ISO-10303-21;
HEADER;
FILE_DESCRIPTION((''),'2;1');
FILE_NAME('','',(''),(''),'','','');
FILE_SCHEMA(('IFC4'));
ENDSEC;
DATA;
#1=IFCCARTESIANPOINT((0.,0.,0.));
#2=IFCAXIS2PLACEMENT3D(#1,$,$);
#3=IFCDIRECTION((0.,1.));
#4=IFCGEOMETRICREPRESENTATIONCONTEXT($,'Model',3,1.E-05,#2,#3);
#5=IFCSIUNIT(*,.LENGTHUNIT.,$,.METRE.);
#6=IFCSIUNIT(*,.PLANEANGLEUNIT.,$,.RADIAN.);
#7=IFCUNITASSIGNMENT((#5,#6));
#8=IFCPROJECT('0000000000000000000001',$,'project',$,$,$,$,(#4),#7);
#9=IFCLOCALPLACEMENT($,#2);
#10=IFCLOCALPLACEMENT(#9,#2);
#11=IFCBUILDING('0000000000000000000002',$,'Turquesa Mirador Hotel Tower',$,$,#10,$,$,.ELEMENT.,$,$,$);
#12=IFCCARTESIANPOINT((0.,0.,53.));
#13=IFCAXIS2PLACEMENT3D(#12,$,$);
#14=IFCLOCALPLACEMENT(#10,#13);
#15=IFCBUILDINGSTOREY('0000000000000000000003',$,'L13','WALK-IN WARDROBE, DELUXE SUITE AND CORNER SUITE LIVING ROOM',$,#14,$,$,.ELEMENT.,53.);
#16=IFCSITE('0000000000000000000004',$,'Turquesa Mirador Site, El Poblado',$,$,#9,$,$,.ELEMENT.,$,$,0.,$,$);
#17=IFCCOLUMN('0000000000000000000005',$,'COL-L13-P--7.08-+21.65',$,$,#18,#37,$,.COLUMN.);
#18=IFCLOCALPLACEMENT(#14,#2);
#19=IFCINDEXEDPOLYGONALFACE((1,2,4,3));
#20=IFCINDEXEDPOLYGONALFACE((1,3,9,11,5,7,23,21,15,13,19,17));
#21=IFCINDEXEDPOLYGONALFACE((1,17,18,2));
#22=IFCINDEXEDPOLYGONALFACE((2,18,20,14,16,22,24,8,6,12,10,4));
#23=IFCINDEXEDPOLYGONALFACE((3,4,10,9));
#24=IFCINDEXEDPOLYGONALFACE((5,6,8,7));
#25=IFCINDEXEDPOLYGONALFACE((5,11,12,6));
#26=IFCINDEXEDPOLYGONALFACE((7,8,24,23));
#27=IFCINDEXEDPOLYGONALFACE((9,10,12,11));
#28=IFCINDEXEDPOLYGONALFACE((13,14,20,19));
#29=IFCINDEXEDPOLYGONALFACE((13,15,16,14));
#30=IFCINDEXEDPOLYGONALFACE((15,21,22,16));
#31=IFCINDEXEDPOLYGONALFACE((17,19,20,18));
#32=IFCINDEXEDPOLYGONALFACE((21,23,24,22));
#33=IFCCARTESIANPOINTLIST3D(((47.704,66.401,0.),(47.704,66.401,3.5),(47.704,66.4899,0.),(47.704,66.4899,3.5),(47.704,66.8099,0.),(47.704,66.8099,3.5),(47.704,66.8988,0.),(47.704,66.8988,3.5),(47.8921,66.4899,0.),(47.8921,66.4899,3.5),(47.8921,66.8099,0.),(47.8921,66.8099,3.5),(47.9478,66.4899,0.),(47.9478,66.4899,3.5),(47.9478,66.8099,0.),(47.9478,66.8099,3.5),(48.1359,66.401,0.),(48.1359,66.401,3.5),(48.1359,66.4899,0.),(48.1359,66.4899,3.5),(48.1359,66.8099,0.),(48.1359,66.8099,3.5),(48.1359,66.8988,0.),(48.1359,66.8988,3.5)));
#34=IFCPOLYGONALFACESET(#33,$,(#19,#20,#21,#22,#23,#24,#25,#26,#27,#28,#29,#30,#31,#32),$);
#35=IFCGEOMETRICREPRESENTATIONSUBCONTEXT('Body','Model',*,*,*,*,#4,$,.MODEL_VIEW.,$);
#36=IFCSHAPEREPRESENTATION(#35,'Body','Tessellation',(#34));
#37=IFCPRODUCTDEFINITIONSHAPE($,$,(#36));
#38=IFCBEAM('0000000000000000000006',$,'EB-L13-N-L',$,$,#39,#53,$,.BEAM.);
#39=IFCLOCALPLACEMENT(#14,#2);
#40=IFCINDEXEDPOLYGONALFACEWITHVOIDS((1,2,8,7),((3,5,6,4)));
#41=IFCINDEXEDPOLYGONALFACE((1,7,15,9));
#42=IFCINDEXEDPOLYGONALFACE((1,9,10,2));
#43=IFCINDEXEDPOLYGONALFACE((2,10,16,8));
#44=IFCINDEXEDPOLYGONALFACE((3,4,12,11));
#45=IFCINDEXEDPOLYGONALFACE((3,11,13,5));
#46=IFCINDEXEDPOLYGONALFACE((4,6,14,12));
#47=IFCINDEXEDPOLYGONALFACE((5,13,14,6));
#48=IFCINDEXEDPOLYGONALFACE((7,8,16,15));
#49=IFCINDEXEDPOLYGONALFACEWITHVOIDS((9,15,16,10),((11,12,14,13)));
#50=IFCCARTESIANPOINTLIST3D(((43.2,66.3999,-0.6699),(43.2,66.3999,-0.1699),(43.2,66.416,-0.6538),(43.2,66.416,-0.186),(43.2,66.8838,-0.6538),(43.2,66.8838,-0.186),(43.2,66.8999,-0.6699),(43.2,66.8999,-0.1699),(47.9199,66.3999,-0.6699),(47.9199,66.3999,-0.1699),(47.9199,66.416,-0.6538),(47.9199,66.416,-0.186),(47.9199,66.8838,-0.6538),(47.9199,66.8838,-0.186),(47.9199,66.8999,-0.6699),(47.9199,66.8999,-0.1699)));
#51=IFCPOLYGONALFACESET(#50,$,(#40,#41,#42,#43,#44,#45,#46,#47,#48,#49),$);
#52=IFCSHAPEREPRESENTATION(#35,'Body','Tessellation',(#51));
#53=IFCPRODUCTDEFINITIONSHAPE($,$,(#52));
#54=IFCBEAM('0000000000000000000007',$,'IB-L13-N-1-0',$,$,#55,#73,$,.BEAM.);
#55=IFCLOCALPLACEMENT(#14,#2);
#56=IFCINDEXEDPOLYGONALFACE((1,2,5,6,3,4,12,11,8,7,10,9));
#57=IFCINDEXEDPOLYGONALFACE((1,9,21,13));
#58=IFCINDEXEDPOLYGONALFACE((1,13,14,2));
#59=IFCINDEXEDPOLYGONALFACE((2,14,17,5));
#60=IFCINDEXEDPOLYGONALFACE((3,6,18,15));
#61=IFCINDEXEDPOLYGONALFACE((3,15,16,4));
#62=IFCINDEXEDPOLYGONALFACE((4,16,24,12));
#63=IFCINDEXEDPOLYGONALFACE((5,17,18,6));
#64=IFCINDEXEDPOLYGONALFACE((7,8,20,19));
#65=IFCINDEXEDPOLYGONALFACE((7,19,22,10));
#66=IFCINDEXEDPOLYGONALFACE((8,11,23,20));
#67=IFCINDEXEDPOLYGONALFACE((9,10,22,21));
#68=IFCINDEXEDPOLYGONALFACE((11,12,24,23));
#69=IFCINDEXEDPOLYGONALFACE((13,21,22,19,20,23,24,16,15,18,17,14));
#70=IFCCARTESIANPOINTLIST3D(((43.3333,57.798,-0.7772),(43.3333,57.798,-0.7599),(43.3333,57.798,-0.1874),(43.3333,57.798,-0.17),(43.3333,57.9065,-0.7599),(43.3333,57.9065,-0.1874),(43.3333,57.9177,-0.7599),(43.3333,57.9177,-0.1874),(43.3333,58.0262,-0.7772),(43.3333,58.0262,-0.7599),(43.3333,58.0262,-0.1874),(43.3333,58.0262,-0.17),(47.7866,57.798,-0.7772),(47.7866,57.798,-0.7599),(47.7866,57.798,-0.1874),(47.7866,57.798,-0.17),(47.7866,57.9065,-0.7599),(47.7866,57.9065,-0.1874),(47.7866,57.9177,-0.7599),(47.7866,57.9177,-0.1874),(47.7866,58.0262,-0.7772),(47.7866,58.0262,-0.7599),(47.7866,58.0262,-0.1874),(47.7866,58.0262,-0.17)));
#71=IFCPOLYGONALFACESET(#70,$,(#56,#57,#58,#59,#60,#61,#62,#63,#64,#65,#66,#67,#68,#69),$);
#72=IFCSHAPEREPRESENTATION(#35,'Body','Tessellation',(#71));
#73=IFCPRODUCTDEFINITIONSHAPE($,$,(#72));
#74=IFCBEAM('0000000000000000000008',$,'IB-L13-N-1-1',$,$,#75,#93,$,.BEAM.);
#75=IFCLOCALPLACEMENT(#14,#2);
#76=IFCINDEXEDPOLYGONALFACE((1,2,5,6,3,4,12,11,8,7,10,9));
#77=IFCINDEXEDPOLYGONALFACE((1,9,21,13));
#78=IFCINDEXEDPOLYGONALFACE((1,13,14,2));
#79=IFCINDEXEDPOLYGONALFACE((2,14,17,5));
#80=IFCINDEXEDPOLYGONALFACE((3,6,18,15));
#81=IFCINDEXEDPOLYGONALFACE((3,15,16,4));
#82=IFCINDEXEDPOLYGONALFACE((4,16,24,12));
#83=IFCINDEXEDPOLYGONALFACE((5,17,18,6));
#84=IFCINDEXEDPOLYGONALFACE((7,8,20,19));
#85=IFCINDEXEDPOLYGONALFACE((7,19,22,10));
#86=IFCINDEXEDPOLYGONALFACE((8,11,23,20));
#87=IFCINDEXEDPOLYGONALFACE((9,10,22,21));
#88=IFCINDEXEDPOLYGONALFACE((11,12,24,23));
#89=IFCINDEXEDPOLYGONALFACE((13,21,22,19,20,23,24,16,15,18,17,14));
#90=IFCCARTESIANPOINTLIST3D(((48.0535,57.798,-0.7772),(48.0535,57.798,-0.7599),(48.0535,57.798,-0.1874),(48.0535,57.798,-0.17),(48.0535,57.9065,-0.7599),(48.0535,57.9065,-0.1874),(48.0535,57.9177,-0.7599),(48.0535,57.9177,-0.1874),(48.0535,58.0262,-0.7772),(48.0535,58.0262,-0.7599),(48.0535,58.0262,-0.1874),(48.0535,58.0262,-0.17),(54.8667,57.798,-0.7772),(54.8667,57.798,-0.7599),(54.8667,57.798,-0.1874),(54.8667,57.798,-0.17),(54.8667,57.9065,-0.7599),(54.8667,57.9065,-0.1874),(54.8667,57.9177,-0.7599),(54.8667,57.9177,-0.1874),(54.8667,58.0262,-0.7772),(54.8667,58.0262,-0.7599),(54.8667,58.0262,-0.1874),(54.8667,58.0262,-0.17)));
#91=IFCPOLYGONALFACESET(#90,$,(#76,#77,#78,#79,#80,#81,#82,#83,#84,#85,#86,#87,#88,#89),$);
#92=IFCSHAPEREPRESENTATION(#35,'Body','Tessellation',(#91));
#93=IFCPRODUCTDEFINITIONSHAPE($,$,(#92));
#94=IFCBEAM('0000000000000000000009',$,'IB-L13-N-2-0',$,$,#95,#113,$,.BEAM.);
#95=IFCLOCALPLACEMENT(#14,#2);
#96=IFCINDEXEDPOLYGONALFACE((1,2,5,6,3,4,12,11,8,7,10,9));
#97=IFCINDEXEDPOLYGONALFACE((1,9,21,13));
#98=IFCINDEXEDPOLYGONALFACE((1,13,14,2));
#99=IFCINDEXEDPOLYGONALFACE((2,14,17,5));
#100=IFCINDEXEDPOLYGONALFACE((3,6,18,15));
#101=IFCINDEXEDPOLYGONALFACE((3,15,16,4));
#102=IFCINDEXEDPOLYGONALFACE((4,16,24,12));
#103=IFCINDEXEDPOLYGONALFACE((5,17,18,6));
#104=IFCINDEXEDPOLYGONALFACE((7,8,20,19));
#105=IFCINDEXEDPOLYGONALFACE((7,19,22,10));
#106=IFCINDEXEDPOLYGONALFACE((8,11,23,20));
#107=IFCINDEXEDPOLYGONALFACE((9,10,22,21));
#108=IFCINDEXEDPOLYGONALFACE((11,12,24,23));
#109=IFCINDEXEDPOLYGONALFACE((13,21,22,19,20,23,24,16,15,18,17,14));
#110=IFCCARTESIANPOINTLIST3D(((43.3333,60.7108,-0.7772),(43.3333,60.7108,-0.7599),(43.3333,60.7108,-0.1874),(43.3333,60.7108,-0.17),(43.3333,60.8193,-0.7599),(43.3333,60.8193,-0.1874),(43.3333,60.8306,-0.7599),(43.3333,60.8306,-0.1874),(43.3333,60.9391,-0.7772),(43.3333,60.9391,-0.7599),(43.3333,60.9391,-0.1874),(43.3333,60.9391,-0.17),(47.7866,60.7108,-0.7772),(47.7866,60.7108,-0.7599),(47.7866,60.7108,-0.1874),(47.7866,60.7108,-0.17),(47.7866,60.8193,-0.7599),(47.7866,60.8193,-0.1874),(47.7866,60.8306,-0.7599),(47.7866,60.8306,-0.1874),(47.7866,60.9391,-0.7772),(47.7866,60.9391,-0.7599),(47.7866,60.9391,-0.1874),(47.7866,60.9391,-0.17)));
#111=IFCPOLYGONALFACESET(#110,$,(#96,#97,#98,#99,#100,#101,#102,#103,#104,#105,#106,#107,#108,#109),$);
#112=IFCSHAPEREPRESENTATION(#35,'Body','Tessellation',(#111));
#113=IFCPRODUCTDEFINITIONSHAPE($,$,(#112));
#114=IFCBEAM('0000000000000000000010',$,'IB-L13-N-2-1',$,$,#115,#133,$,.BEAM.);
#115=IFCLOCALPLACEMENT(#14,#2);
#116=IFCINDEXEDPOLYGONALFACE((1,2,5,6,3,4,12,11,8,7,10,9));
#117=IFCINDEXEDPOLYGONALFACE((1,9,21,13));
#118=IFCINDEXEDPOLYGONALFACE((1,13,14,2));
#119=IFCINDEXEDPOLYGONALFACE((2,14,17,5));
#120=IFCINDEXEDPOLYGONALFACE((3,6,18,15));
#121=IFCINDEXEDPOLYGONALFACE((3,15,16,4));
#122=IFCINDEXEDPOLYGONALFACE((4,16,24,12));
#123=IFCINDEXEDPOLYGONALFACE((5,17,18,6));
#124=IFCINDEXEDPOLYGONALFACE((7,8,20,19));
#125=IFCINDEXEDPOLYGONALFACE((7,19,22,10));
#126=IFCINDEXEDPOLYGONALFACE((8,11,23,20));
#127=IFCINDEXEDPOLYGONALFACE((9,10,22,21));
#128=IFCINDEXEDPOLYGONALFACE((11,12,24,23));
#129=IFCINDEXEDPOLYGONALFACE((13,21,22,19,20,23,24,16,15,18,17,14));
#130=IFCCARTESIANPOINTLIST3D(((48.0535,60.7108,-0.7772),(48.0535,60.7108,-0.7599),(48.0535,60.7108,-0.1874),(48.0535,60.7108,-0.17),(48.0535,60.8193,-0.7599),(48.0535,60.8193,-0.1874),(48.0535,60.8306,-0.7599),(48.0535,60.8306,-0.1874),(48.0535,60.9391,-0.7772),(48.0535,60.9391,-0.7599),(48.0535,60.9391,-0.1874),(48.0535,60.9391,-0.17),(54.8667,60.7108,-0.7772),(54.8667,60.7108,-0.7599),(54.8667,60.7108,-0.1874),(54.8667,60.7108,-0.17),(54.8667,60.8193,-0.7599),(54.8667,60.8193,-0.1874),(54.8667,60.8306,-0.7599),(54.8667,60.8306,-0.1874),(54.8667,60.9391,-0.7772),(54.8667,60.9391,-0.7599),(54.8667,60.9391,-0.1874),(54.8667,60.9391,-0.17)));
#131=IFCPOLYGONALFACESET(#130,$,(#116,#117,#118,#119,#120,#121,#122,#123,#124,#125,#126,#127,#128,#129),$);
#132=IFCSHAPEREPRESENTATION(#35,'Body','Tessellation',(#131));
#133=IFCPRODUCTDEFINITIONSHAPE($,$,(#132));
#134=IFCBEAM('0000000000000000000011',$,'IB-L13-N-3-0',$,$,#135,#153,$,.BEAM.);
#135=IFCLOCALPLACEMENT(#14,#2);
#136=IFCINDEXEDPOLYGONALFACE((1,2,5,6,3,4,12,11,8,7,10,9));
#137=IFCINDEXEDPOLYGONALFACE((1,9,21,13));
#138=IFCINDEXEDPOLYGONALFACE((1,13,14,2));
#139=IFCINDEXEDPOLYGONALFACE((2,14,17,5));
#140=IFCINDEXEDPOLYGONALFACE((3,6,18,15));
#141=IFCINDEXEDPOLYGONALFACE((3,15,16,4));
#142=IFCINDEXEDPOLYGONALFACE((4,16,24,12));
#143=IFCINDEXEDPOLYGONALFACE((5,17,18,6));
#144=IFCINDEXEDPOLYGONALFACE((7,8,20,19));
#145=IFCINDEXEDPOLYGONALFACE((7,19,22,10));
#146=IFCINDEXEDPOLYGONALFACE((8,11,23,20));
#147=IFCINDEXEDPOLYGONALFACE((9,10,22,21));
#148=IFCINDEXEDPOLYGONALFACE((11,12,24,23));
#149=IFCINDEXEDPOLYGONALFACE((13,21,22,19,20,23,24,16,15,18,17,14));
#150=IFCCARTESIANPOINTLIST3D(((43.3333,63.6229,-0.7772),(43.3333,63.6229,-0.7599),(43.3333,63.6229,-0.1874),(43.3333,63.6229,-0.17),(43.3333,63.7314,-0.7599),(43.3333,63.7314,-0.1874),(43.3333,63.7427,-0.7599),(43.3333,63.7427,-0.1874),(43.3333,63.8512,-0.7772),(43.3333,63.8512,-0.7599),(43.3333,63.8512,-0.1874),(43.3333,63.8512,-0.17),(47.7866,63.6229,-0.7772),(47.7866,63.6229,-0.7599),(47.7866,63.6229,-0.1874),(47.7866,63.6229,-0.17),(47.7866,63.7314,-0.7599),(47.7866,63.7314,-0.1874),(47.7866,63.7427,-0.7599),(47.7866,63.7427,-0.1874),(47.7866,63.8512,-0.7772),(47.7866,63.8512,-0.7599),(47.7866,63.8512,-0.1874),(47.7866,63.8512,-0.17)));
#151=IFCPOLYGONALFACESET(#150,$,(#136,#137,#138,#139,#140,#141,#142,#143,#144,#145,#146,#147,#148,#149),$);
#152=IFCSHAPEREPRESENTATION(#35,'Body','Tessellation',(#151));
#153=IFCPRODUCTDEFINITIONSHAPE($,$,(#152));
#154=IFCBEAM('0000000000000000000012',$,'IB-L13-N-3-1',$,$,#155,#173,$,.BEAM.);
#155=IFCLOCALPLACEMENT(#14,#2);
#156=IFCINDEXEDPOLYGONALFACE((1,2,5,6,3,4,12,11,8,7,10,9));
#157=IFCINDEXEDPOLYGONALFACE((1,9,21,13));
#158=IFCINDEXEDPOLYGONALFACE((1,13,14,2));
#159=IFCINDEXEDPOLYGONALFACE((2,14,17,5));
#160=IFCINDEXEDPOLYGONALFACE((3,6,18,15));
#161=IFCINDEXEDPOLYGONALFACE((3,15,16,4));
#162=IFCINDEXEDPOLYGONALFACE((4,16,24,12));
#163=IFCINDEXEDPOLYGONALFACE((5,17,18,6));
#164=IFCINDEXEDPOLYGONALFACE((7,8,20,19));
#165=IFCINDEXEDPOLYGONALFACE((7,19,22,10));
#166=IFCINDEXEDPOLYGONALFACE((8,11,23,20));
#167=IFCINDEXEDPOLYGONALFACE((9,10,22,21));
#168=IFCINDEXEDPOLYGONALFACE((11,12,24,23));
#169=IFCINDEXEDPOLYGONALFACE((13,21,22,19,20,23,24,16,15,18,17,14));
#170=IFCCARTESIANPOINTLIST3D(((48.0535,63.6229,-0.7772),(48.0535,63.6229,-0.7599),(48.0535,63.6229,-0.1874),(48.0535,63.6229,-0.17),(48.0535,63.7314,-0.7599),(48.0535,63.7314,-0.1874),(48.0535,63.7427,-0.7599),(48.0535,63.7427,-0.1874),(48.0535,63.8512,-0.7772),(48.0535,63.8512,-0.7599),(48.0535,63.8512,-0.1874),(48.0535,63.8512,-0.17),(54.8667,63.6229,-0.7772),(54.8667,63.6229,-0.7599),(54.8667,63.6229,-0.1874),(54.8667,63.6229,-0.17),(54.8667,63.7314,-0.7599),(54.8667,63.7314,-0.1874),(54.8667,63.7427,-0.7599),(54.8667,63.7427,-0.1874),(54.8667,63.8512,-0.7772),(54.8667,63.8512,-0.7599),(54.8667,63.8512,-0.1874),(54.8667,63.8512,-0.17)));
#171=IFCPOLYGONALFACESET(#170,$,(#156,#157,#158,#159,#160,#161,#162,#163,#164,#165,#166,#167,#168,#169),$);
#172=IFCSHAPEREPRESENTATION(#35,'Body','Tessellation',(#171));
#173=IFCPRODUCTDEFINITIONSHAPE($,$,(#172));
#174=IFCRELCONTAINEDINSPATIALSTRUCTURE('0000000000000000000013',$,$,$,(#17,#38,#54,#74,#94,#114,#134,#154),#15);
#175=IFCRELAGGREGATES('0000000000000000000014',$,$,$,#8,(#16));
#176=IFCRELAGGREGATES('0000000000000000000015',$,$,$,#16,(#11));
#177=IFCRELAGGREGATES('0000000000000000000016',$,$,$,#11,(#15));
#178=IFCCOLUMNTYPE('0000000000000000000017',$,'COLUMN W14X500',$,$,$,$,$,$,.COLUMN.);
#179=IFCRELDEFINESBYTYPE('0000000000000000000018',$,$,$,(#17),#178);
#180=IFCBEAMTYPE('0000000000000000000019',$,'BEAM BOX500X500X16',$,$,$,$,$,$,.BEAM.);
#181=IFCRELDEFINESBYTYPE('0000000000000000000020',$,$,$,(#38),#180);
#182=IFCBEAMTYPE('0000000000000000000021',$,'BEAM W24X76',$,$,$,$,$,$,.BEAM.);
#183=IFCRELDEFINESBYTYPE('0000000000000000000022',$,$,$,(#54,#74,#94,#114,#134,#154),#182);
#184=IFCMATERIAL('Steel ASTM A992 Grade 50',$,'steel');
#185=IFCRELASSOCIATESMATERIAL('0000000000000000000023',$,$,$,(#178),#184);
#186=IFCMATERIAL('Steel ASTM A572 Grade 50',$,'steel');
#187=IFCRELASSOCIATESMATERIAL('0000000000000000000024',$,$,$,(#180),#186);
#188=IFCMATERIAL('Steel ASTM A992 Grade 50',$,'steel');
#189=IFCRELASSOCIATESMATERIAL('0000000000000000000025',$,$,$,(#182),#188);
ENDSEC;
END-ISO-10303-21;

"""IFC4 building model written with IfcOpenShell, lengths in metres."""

from ifc_helpers import new_model, si_unit, direction, frame, origin, origin_2d, place, context, subcontext, project, spatial, hollow_rectangle, i_section, extrude, material, material_profile, profile_set, type_object, element, save


model = new_model("IFC4")

# Units and contexts
model_context = context("Model", 3, precision=1e-05, world=origin(), true_north=direction((0.0, 1.0)))
body_context = subcontext(model_context, "Body", "Model", "MODEL_VIEW")
ifc_project = project(units=[si_unit("LENGTHUNIT", "METRE"), si_unit("PLANEANGLEUNIT", "RADIAN")], contexts=[model_context])

# Site, building, storey
site_placement = place(None, origin())
site = spatial("IfcSite", under=ifc_project, at=site_placement, Name="Turquesa Mirador Site, El Poblado", CompositionType="ELEMENT", RefElevation=0.0)
building_placement = place(site_placement, origin())
building = spatial("IfcBuilding", under=site, at=building_placement, Name="Turquesa Mirador Hotel Tower", CompositionType="ELEMENT")
storey_placement = place(building_placement, frame((0.0, 0.0, 53.0)))
storey = spatial("IfcBuildingStorey", under=building, at=storey_placement, Name="L13", Description="WALK-IN WARDROBE, DELUXE SUITE AND CORNER SUITE LIVING ROOM", CompositionType="ELEMENT", Elevation=53.0)

# Column
ifc_material_1 = material(Name="Steel ASTM A992 Grade 50", Category="steel")
ifc_material_profile_1 = material_profile(ifc_material_1, i_section(OverallWidth=0.4319, OverallDepth=0.4978, WebThickness=0.0557, FlangeThickness=0.0889, at=origin_2d()), Name="W14X500")
ifc_profile_set_1 = profile_set([ifc_material_profile_1], Name="Steel ASTM A992 Grade 50")
column_type = type_object("IfcColumnType", Name="COLUMN W14X500", PredefinedType="COLUMN", material=ifc_profile_set_1)
column_placement = place(storey_placement, frame((47.9199, 66.6499, 0.0), z_axis=(0.0, 0.0, 1.0), x_axis=(1.0, 0.0, 0.0)))
element("IfcColumn", 1, at=column_placement, inside=storey, type_object=column_type, Name="COL-L13-P--7.08-+21.65", PredefinedType="COLUMN", context=body_context, shape_type="SweptSolid", body=[
    extrude(i_section(OverallWidth=0.4319, OverallDepth=0.4978, WebThickness=0.0557, FlangeThickness=0.0889, at=origin_2d()), origin(), (0.0, 0.0, 1.0), 3.5),
])

# Beams
ifc_material_2 = material(Name="Steel ASTM A572 Grade 50", Category="steel")
ifc_material_profile_2 = material_profile(ifc_material_2, hollow_rectangle(XDim=0.5, YDim=0.5, WallThickness=0.0161, at=origin_2d()), Name="BOX500X500X16")
ifc_profile_set_2 = profile_set([ifc_material_profile_2], Name="Steel ASTM A572 Grade 50")
beam_type_1 = type_object("IfcBeamType", Name="BEAM BOX500X500X16", PredefinedType="BEAM", material=ifc_profile_set_2)
beam_1_placement = place(storey_placement, frame((43.2, 66.6499, -0.4199), z_axis=(1.0, 0.0, 0.0), x_axis=(0.0, 1.0, 0.0)))
element("IfcBeam", 2, at=beam_1_placement, inside=storey, type_object=beam_type_1, Name="EB-L13-N-L", PredefinedType="BEAM", context=body_context, shape_type="SweptSolid", body=[
    extrude(hollow_rectangle(XDim=0.5, YDim=0.5, WallThickness=0.0161, at=origin_2d()), origin(), (0.0, 0.0, 1.0), 4.72),
])
ifc_material_3 = material(Name="Steel ASTM A992 Grade 50", Category="steel")
ifc_material_profile_3 = material_profile(ifc_material_3, i_section(OverallWidth=0.2283, OverallDepth=0.6072, WebThickness=0.0112, FlangeThickness=0.0173, at=origin_2d()), Name="W24X76")
ifc_profile_set_3 = profile_set([ifc_material_profile_3], Name="Steel ASTM A992 Grade 50")
beam_type_2 = type_object("IfcBeamType", Name="BEAM W24X76", PredefinedType="BEAM", material=ifc_profile_set_3)
beam_2_placement = place(storey_placement, frame((43.3333, 57.9121, -0.4736), z_axis=(1.0, 0.0, 0.0), x_axis=(0.0, 1.0, 0.0)))
element("IfcBeam", 3, at=beam_2_placement, inside=storey, type_object=beam_type_2, Name="IB-L13-N-1-0", PredefinedType="BEAM", context=body_context, shape_type="SweptSolid", body=[
    extrude(i_section(OverallWidth=0.2283, OverallDepth=0.6072, WebThickness=0.0112, FlangeThickness=0.0173, at=origin_2d()), origin(), (0.0, 0.0, 1.0), 4.4534),
])
beam_3_placement = place(storey_placement, frame((48.0535, 57.9121, -0.4736), z_axis=(1.0, 0.0, 0.0), x_axis=(0.0, 1.0, 0.0)))
element("IfcBeam", 4, at=beam_3_placement, inside=storey, type_object=beam_type_2, Name="IB-L13-N-1-1", PredefinedType="BEAM", context=body_context, shape_type="SweptSolid", body=[
    extrude(i_section(OverallWidth=0.2283, OverallDepth=0.6072, WebThickness=0.0112, FlangeThickness=0.0173, at=origin_2d()), origin(), (0.0, 0.0, 1.0), 6.8132),
])
beam_4_placement = place(storey_placement, frame((43.3333, 60.825, -0.4736), z_axis=(1.0, 0.0, 0.0), x_axis=(0.0, 1.0, 0.0)))
element("IfcBeam", 5, at=beam_4_placement, inside=storey, type_object=beam_type_2, Name="IB-L13-N-2-0", PredefinedType="BEAM", context=body_context, shape_type="SweptSolid", body=[
    extrude(i_section(OverallWidth=0.2283, OverallDepth=0.6072, WebThickness=0.0112, FlangeThickness=0.0173, at=origin_2d()), origin(), (0.0, 0.0, 1.0), 4.4534),
])
beam_5_placement = place(storey_placement, frame((48.0535, 60.825, -0.4736), z_axis=(1.0, 0.0, 0.0), x_axis=(0.0, 1.0, 0.0)))
element("IfcBeam", 6, at=beam_5_placement, inside=storey, type_object=beam_type_2, Name="IB-L13-N-2-1", PredefinedType="BEAM", context=body_context, shape_type="SweptSolid", body=[
    extrude(i_section(OverallWidth=0.2283, OverallDepth=0.6072, WebThickness=0.0112, FlangeThickness=0.0173, at=origin_2d()), origin(), (0.0, 0.0, 1.0), 6.8132),
])
beam_6_placement = place(storey_placement, frame((43.3333, 63.7371, -0.4736), z_axis=(1.0, 0.0, 0.0), x_axis=(0.0, 1.0, 0.0)))
element("IfcBeam", 7, at=beam_6_placement, inside=storey, type_object=beam_type_2, Name="IB-L13-N-3-0", PredefinedType="BEAM", context=body_context, shape_type="SweptSolid", body=[
    extrude(i_section(OverallWidth=0.2283, OverallDepth=0.6072, WebThickness=0.0112, FlangeThickness=0.0173, at=origin_2d()), origin(), (0.0, 0.0, 1.0), 4.4534),
])
beam_7_placement = place(storey_placement, frame((48.0535, 63.7371, -0.4736), z_axis=(1.0, 0.0, 0.0), x_axis=(0.0, 1.0, 0.0)))
element("IfcBeam", 8, at=beam_7_placement, inside=storey, type_object=beam_type_2, Name="IB-L13-N-3-1", PredefinedType="BEAM", context=body_context, shape_type="SweptSolid", body=[
    extrude(i_section(OverallWidth=0.2283, OverallDepth=0.6072, WebThickness=0.0112, FlangeThickness=0.0173, at=origin_2d()), origin(), (0.0, 0.0, 1.0), 6.8132),
])

save(model, "model.ifc")
